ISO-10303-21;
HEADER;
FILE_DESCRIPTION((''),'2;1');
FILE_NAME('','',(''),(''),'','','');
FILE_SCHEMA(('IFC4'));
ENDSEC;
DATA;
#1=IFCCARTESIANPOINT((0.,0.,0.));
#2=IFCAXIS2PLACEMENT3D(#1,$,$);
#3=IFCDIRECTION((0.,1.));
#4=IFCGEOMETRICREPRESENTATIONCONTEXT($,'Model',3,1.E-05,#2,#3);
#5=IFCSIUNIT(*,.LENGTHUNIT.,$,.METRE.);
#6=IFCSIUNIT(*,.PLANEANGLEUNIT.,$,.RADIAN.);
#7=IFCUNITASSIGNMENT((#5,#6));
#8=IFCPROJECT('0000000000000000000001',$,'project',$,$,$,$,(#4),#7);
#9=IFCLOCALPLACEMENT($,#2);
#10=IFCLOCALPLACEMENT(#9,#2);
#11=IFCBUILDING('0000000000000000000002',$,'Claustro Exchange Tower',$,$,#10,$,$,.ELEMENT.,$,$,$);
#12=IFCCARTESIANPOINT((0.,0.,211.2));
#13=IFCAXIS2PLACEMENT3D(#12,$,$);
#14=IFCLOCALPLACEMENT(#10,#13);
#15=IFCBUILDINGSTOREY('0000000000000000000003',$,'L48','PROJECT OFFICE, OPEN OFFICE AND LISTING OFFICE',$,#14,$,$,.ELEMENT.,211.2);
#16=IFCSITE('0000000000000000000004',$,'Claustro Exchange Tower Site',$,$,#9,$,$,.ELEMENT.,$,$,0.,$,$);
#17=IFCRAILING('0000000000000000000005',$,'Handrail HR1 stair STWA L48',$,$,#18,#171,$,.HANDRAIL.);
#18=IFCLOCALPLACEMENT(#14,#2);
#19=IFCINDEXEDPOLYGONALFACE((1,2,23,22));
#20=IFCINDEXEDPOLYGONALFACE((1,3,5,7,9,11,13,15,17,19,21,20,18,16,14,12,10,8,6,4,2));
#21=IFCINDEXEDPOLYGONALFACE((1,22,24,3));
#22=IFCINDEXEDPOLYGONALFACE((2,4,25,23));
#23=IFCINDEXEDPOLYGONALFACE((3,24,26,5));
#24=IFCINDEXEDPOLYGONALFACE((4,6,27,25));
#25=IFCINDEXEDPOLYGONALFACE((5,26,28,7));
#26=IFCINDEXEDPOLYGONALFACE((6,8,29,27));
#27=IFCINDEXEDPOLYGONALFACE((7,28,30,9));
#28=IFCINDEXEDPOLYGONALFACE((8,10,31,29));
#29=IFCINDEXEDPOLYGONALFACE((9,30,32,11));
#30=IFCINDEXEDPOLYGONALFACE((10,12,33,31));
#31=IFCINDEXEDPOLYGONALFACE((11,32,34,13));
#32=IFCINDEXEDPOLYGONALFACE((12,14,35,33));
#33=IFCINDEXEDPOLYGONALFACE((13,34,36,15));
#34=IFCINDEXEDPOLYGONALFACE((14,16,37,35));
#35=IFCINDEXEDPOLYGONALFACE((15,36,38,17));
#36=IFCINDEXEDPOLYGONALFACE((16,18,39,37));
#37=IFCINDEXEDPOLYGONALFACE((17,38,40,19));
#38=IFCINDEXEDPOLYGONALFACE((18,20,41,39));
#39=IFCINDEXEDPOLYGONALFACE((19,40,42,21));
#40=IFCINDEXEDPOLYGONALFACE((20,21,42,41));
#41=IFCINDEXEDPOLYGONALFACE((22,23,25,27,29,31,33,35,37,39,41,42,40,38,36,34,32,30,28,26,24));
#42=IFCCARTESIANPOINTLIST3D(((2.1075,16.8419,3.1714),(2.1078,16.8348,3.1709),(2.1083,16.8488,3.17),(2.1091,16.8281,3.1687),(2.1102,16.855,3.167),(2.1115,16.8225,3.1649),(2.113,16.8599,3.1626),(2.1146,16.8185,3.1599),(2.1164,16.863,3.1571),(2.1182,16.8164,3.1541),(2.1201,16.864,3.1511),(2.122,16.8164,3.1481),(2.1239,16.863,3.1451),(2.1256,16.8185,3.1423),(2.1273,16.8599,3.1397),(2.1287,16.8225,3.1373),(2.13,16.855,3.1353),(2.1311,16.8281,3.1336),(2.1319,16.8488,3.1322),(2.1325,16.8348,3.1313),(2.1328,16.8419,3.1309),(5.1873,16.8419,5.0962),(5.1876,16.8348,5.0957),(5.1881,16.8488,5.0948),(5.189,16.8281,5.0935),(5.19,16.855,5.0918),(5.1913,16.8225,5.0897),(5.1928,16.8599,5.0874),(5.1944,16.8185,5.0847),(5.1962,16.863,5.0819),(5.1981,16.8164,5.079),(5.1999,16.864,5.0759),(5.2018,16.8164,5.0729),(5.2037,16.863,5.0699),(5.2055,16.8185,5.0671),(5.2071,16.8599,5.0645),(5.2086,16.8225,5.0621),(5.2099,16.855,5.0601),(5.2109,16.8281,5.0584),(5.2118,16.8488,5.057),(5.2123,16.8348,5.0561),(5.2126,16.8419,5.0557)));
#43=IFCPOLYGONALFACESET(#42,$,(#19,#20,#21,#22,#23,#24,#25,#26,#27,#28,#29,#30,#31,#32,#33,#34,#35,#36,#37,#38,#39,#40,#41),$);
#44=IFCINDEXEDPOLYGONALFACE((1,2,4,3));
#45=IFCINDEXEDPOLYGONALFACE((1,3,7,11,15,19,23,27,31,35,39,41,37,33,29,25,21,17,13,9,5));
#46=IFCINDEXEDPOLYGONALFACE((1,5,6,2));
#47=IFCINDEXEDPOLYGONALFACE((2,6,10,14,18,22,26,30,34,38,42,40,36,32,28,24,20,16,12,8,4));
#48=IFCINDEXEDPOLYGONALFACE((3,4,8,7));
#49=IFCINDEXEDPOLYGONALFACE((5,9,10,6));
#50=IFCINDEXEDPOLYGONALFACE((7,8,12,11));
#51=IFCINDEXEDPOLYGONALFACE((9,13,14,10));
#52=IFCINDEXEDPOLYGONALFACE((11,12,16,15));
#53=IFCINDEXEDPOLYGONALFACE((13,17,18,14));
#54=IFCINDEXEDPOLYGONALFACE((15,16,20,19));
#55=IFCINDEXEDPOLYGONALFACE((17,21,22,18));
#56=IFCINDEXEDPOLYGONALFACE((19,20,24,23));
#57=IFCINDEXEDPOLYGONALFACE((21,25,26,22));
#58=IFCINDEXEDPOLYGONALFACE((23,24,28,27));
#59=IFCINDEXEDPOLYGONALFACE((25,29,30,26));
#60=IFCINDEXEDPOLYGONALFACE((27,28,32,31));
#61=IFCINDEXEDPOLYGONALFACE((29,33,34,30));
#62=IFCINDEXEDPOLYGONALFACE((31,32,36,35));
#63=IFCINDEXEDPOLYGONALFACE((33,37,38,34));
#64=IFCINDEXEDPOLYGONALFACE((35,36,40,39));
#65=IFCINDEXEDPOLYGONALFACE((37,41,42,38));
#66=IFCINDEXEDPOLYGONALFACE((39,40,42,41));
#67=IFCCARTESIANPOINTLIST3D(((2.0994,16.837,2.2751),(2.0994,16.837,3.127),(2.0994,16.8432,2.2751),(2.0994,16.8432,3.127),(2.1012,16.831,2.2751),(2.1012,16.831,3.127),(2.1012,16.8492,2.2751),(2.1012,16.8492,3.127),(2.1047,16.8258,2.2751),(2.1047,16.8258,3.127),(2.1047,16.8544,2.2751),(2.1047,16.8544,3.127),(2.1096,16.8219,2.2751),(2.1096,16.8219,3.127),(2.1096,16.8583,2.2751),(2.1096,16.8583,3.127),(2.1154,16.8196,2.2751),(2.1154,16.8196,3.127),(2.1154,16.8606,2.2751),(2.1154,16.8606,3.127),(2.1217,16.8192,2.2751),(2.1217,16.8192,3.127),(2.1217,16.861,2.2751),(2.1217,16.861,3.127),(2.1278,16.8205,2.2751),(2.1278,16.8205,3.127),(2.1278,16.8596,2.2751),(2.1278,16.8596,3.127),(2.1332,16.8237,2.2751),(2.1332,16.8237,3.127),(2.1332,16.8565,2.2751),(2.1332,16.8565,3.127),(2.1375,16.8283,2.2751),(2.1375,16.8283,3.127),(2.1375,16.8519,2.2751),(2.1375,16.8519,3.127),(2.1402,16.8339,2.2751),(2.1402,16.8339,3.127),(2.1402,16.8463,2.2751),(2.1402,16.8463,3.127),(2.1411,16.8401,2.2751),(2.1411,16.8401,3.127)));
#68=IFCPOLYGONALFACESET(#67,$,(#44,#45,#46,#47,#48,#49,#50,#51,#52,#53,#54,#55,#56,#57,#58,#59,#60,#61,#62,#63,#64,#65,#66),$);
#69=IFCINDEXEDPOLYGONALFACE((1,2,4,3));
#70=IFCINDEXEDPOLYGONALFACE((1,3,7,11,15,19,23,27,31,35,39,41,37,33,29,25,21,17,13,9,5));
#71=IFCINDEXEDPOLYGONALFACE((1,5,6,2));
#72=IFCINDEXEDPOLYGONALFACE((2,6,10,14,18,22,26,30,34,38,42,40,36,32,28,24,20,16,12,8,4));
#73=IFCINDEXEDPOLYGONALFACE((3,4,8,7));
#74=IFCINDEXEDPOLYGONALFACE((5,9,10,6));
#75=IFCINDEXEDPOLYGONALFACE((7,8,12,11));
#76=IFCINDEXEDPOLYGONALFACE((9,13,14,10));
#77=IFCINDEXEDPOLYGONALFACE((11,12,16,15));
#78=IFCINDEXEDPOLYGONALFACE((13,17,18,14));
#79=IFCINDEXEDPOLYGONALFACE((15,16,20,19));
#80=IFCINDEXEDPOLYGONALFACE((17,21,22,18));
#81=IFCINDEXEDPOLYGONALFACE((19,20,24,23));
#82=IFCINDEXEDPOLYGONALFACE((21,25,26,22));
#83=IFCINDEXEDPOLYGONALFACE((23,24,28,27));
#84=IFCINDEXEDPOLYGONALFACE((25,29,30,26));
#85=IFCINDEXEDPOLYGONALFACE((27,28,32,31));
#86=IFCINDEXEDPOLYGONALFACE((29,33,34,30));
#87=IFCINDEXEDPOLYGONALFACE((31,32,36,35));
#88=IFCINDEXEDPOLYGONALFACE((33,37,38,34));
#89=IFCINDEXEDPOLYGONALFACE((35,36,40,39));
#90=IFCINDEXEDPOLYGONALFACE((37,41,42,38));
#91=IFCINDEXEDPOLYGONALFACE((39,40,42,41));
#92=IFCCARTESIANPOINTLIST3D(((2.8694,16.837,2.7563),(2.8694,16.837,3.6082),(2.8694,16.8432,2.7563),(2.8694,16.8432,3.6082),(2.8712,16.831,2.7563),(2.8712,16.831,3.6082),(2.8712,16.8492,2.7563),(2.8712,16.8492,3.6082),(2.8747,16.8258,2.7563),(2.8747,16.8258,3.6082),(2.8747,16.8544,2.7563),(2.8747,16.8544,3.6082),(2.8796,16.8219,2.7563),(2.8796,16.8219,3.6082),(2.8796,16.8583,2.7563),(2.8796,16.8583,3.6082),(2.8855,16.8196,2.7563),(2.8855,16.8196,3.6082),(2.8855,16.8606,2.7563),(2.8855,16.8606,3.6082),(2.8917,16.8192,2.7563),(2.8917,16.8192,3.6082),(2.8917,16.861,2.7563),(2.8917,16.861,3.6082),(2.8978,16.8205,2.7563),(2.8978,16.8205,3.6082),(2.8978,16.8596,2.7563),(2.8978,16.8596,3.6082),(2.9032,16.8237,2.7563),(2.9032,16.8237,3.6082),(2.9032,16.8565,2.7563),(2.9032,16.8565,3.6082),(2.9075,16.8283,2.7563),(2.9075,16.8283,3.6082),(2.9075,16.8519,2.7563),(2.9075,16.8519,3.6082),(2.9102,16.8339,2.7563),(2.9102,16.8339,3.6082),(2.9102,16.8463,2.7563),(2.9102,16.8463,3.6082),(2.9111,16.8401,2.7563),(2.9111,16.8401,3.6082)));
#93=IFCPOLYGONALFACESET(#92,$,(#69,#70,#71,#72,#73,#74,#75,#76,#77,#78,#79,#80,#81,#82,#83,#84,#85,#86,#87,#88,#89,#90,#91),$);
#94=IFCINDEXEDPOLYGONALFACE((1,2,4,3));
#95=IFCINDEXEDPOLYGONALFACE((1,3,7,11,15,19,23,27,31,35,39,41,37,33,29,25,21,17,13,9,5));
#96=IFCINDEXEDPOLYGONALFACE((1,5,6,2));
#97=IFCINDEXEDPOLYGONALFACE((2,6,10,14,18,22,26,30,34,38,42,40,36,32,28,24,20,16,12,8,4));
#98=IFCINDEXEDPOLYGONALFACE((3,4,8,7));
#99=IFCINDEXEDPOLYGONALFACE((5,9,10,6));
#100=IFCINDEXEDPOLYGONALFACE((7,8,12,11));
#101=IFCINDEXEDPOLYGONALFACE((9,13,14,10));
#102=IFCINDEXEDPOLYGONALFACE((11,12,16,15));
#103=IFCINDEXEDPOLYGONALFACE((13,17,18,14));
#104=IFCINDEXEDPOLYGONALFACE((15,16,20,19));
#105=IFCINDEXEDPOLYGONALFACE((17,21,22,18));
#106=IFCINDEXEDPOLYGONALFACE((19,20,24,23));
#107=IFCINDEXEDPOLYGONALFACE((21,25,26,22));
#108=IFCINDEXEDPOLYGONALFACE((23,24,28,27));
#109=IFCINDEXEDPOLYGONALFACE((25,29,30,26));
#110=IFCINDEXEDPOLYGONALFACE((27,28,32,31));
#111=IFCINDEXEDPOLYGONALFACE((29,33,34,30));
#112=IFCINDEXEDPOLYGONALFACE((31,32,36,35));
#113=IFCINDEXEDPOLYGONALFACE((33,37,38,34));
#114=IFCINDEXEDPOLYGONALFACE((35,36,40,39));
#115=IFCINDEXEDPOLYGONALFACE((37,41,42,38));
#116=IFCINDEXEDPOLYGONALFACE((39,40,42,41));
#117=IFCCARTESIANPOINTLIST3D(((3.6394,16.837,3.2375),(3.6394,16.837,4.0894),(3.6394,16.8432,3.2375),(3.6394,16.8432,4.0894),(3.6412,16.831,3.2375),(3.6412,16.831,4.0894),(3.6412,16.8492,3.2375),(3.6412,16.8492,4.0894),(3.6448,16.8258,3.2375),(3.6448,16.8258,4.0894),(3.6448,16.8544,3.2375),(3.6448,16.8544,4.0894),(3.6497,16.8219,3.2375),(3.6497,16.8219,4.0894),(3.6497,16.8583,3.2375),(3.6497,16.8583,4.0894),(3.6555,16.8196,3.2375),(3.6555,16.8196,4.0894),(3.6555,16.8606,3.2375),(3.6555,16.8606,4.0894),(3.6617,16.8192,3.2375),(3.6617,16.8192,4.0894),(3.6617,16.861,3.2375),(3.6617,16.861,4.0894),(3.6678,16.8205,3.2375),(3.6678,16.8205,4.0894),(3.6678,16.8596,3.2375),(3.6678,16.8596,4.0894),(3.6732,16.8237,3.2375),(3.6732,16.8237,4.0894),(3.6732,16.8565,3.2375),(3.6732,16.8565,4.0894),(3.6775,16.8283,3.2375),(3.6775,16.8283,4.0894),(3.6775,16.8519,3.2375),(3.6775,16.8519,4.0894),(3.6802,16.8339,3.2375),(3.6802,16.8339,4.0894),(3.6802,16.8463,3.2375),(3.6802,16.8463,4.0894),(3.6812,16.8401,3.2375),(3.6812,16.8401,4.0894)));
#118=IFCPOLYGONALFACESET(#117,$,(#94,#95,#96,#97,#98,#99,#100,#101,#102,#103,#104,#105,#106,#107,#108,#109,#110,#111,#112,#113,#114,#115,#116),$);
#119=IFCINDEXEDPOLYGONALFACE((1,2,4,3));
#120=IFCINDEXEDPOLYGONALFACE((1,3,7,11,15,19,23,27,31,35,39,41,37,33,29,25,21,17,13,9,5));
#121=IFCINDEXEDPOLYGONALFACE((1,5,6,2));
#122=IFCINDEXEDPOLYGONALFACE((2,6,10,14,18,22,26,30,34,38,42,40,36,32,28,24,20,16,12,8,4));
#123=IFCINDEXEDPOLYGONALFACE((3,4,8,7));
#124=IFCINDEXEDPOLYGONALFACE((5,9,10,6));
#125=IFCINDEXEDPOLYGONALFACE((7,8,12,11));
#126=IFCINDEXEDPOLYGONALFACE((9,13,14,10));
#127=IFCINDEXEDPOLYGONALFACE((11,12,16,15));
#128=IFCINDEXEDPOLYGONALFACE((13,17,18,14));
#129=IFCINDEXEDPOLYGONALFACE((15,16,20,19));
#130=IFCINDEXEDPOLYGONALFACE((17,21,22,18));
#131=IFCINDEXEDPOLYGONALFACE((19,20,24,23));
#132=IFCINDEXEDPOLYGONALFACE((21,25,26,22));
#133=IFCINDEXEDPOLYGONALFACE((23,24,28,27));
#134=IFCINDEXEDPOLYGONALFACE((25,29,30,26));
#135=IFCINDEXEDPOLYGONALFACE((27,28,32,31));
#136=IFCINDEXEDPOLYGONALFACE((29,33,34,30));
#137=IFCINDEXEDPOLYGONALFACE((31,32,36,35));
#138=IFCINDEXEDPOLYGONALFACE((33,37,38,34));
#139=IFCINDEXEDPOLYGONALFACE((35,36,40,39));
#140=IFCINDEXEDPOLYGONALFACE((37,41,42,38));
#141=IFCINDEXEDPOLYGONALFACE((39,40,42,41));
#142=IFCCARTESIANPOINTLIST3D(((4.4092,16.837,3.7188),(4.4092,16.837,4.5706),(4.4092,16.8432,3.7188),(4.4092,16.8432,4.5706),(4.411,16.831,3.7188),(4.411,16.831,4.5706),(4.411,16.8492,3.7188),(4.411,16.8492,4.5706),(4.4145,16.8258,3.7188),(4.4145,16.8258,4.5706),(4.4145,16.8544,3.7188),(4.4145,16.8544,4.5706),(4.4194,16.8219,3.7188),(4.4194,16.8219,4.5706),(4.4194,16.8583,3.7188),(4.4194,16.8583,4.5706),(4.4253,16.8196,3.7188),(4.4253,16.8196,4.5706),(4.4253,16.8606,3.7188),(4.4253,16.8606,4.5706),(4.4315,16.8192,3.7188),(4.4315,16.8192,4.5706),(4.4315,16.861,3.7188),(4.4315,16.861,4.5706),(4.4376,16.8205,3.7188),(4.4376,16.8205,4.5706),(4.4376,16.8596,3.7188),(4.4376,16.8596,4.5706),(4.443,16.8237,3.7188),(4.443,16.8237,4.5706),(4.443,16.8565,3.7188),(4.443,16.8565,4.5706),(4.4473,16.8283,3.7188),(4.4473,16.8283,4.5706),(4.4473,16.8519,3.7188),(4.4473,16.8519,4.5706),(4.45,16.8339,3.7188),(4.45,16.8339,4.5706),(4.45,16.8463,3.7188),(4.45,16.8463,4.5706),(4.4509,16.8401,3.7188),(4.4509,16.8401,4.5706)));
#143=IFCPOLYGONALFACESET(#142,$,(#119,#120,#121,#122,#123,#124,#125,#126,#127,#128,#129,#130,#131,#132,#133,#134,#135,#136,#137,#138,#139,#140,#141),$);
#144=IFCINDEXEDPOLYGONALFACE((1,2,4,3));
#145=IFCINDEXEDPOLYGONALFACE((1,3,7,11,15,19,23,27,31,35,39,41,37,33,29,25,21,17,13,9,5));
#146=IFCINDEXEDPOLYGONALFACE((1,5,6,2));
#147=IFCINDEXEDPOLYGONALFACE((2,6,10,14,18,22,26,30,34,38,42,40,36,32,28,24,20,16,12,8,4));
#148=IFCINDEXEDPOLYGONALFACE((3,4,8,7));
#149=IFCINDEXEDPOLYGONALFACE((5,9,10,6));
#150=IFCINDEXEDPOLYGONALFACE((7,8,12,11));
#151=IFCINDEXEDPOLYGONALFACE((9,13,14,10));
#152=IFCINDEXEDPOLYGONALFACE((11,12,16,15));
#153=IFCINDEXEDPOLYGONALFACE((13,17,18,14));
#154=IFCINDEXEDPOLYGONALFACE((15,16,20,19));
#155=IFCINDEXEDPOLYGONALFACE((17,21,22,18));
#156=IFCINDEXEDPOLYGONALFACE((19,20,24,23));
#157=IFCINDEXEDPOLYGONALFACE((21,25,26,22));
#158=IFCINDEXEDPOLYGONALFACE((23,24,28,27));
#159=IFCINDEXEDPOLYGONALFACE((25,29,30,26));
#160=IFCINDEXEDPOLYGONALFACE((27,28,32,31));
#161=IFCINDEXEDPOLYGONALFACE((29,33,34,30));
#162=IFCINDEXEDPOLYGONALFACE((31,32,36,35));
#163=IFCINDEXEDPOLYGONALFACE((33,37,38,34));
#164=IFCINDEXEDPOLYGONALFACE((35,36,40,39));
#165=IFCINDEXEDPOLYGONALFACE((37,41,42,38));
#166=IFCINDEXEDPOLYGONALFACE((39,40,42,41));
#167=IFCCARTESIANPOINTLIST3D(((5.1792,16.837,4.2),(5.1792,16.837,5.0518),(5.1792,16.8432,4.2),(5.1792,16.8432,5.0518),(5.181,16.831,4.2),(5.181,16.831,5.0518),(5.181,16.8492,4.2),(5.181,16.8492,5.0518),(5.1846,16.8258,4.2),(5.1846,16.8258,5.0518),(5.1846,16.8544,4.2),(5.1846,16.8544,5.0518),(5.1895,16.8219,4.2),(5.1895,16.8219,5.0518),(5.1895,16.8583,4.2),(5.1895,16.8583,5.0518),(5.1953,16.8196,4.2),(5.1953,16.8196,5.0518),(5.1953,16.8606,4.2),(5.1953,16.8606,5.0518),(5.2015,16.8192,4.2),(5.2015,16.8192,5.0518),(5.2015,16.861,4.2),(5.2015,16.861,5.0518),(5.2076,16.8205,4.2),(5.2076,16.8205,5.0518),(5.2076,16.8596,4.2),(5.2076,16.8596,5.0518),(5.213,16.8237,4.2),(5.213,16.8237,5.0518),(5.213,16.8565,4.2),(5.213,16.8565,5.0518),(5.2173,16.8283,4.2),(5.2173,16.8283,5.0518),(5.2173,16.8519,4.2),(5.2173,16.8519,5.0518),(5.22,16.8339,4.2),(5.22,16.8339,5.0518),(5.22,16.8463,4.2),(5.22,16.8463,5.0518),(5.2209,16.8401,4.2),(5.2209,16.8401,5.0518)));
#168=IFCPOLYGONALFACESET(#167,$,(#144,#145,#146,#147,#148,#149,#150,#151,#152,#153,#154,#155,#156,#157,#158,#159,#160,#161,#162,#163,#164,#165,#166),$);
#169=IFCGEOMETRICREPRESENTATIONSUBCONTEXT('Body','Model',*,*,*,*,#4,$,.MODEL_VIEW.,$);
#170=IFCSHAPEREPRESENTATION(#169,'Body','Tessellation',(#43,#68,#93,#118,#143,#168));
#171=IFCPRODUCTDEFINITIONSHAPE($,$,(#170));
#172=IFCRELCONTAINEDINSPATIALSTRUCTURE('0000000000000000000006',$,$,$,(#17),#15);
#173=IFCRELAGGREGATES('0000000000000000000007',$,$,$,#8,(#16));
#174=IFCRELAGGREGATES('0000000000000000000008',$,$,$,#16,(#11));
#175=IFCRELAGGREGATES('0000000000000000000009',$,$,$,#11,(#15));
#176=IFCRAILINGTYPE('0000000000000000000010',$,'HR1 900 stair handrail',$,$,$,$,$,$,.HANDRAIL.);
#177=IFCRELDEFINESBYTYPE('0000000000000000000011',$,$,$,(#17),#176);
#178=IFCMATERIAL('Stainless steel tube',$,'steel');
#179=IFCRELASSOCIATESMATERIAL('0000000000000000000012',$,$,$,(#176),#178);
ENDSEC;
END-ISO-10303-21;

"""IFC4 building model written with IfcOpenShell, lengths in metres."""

from ifc_helpers import new_model, si_unit, direction, frame, origin, origin_2d, place, context, subcontext, project, spatial, circle, extrude, material, type_object, element, save


model = new_model("IFC4")

# Units and contexts
model_context = context("Model", 3, precision=1e-05, world=origin(), true_north=direction((0.0, 1.0)))
body_context = subcontext(model_context, "Body", "Model", "MODEL_VIEW")
ifc_project = project(units=[si_unit("LENGTHUNIT", "METRE"), si_unit("PLANEANGLEUNIT", "RADIAN")], contexts=[model_context])

# Site, building, storey
site_placement = place(None, origin())
site = spatial("IfcSite", under=ifc_project, at=site_placement, Name="Claustro Exchange Tower Site", CompositionType="ELEMENT", RefElevation=0.0)
building_placement = place(site_placement, origin())
building = spatial("IfcBuilding", under=site, at=building_placement, Name="Claustro Exchange Tower", CompositionType="ELEMENT")
storey_placement = place(building_placement, frame((0.0, 0.0, 211.2)))
storey = spatial("IfcBuildingStorey", under=building, at=storey_placement, Name="L48", Description="PROJECT OFFICE, OPEN OFFICE AND LISTING OFFICE", CompositionType="ELEMENT", Elevation=211.2)

# Railing
ifc_material_1 = material(Name="Stainless steel tube", Category="steel")
railing_type = type_object("IfcRailingType", Name="HR1 900 stair handrail", PredefinedType="HANDRAIL", material=ifc_material_1)
railing_placement = place(storey_placement, frame((2.1201, 16.8401, 2.2751)))
element("IfcRailing", 1, at=railing_placement, inside=storey, type_object=railing_type, Name="Handrail HR1 stair STWA L48", PredefinedType="HANDRAIL", context=body_context, shape_type="SweptSolid", body=[
    extrude(circle(Radius=0.0239, at=origin_2d()), frame((0.0, 0.0, 0.876), z_axis=(0.84801, 0.0, 0.529981), x_axis=(0.0, 1.0, 0.0)), (0.0, 0.0, 1.0), 3.6318),
    extrude(circle(Radius=0.021, at=origin_2d()), origin(), (0.0, 0.0, 1.0), 0.8518),
    extrude(circle(Radius=0.021, at=origin_2d()), frame((0.77, 0.0, 0.4812)), (0.0, 0.0, 1.0), 0.8518),
    extrude(circle(Radius=0.021, at=origin_2d()), frame((1.54, 0.0, 0.9624)), (0.0, 0.0, 1.0), 0.8518),
    extrude(circle(Radius=0.021, at=origin_2d()), frame((2.3098, 0.0, 1.4436)), (0.0, 0.0, 1.0), 0.8518),
    extrude(circle(Radius=0.021, at=origin_2d()), frame((3.0798, 0.0, 1.9248)), (0.0, 0.0, 1.0), 0.8518),
])

save(model, "model.ifc")
